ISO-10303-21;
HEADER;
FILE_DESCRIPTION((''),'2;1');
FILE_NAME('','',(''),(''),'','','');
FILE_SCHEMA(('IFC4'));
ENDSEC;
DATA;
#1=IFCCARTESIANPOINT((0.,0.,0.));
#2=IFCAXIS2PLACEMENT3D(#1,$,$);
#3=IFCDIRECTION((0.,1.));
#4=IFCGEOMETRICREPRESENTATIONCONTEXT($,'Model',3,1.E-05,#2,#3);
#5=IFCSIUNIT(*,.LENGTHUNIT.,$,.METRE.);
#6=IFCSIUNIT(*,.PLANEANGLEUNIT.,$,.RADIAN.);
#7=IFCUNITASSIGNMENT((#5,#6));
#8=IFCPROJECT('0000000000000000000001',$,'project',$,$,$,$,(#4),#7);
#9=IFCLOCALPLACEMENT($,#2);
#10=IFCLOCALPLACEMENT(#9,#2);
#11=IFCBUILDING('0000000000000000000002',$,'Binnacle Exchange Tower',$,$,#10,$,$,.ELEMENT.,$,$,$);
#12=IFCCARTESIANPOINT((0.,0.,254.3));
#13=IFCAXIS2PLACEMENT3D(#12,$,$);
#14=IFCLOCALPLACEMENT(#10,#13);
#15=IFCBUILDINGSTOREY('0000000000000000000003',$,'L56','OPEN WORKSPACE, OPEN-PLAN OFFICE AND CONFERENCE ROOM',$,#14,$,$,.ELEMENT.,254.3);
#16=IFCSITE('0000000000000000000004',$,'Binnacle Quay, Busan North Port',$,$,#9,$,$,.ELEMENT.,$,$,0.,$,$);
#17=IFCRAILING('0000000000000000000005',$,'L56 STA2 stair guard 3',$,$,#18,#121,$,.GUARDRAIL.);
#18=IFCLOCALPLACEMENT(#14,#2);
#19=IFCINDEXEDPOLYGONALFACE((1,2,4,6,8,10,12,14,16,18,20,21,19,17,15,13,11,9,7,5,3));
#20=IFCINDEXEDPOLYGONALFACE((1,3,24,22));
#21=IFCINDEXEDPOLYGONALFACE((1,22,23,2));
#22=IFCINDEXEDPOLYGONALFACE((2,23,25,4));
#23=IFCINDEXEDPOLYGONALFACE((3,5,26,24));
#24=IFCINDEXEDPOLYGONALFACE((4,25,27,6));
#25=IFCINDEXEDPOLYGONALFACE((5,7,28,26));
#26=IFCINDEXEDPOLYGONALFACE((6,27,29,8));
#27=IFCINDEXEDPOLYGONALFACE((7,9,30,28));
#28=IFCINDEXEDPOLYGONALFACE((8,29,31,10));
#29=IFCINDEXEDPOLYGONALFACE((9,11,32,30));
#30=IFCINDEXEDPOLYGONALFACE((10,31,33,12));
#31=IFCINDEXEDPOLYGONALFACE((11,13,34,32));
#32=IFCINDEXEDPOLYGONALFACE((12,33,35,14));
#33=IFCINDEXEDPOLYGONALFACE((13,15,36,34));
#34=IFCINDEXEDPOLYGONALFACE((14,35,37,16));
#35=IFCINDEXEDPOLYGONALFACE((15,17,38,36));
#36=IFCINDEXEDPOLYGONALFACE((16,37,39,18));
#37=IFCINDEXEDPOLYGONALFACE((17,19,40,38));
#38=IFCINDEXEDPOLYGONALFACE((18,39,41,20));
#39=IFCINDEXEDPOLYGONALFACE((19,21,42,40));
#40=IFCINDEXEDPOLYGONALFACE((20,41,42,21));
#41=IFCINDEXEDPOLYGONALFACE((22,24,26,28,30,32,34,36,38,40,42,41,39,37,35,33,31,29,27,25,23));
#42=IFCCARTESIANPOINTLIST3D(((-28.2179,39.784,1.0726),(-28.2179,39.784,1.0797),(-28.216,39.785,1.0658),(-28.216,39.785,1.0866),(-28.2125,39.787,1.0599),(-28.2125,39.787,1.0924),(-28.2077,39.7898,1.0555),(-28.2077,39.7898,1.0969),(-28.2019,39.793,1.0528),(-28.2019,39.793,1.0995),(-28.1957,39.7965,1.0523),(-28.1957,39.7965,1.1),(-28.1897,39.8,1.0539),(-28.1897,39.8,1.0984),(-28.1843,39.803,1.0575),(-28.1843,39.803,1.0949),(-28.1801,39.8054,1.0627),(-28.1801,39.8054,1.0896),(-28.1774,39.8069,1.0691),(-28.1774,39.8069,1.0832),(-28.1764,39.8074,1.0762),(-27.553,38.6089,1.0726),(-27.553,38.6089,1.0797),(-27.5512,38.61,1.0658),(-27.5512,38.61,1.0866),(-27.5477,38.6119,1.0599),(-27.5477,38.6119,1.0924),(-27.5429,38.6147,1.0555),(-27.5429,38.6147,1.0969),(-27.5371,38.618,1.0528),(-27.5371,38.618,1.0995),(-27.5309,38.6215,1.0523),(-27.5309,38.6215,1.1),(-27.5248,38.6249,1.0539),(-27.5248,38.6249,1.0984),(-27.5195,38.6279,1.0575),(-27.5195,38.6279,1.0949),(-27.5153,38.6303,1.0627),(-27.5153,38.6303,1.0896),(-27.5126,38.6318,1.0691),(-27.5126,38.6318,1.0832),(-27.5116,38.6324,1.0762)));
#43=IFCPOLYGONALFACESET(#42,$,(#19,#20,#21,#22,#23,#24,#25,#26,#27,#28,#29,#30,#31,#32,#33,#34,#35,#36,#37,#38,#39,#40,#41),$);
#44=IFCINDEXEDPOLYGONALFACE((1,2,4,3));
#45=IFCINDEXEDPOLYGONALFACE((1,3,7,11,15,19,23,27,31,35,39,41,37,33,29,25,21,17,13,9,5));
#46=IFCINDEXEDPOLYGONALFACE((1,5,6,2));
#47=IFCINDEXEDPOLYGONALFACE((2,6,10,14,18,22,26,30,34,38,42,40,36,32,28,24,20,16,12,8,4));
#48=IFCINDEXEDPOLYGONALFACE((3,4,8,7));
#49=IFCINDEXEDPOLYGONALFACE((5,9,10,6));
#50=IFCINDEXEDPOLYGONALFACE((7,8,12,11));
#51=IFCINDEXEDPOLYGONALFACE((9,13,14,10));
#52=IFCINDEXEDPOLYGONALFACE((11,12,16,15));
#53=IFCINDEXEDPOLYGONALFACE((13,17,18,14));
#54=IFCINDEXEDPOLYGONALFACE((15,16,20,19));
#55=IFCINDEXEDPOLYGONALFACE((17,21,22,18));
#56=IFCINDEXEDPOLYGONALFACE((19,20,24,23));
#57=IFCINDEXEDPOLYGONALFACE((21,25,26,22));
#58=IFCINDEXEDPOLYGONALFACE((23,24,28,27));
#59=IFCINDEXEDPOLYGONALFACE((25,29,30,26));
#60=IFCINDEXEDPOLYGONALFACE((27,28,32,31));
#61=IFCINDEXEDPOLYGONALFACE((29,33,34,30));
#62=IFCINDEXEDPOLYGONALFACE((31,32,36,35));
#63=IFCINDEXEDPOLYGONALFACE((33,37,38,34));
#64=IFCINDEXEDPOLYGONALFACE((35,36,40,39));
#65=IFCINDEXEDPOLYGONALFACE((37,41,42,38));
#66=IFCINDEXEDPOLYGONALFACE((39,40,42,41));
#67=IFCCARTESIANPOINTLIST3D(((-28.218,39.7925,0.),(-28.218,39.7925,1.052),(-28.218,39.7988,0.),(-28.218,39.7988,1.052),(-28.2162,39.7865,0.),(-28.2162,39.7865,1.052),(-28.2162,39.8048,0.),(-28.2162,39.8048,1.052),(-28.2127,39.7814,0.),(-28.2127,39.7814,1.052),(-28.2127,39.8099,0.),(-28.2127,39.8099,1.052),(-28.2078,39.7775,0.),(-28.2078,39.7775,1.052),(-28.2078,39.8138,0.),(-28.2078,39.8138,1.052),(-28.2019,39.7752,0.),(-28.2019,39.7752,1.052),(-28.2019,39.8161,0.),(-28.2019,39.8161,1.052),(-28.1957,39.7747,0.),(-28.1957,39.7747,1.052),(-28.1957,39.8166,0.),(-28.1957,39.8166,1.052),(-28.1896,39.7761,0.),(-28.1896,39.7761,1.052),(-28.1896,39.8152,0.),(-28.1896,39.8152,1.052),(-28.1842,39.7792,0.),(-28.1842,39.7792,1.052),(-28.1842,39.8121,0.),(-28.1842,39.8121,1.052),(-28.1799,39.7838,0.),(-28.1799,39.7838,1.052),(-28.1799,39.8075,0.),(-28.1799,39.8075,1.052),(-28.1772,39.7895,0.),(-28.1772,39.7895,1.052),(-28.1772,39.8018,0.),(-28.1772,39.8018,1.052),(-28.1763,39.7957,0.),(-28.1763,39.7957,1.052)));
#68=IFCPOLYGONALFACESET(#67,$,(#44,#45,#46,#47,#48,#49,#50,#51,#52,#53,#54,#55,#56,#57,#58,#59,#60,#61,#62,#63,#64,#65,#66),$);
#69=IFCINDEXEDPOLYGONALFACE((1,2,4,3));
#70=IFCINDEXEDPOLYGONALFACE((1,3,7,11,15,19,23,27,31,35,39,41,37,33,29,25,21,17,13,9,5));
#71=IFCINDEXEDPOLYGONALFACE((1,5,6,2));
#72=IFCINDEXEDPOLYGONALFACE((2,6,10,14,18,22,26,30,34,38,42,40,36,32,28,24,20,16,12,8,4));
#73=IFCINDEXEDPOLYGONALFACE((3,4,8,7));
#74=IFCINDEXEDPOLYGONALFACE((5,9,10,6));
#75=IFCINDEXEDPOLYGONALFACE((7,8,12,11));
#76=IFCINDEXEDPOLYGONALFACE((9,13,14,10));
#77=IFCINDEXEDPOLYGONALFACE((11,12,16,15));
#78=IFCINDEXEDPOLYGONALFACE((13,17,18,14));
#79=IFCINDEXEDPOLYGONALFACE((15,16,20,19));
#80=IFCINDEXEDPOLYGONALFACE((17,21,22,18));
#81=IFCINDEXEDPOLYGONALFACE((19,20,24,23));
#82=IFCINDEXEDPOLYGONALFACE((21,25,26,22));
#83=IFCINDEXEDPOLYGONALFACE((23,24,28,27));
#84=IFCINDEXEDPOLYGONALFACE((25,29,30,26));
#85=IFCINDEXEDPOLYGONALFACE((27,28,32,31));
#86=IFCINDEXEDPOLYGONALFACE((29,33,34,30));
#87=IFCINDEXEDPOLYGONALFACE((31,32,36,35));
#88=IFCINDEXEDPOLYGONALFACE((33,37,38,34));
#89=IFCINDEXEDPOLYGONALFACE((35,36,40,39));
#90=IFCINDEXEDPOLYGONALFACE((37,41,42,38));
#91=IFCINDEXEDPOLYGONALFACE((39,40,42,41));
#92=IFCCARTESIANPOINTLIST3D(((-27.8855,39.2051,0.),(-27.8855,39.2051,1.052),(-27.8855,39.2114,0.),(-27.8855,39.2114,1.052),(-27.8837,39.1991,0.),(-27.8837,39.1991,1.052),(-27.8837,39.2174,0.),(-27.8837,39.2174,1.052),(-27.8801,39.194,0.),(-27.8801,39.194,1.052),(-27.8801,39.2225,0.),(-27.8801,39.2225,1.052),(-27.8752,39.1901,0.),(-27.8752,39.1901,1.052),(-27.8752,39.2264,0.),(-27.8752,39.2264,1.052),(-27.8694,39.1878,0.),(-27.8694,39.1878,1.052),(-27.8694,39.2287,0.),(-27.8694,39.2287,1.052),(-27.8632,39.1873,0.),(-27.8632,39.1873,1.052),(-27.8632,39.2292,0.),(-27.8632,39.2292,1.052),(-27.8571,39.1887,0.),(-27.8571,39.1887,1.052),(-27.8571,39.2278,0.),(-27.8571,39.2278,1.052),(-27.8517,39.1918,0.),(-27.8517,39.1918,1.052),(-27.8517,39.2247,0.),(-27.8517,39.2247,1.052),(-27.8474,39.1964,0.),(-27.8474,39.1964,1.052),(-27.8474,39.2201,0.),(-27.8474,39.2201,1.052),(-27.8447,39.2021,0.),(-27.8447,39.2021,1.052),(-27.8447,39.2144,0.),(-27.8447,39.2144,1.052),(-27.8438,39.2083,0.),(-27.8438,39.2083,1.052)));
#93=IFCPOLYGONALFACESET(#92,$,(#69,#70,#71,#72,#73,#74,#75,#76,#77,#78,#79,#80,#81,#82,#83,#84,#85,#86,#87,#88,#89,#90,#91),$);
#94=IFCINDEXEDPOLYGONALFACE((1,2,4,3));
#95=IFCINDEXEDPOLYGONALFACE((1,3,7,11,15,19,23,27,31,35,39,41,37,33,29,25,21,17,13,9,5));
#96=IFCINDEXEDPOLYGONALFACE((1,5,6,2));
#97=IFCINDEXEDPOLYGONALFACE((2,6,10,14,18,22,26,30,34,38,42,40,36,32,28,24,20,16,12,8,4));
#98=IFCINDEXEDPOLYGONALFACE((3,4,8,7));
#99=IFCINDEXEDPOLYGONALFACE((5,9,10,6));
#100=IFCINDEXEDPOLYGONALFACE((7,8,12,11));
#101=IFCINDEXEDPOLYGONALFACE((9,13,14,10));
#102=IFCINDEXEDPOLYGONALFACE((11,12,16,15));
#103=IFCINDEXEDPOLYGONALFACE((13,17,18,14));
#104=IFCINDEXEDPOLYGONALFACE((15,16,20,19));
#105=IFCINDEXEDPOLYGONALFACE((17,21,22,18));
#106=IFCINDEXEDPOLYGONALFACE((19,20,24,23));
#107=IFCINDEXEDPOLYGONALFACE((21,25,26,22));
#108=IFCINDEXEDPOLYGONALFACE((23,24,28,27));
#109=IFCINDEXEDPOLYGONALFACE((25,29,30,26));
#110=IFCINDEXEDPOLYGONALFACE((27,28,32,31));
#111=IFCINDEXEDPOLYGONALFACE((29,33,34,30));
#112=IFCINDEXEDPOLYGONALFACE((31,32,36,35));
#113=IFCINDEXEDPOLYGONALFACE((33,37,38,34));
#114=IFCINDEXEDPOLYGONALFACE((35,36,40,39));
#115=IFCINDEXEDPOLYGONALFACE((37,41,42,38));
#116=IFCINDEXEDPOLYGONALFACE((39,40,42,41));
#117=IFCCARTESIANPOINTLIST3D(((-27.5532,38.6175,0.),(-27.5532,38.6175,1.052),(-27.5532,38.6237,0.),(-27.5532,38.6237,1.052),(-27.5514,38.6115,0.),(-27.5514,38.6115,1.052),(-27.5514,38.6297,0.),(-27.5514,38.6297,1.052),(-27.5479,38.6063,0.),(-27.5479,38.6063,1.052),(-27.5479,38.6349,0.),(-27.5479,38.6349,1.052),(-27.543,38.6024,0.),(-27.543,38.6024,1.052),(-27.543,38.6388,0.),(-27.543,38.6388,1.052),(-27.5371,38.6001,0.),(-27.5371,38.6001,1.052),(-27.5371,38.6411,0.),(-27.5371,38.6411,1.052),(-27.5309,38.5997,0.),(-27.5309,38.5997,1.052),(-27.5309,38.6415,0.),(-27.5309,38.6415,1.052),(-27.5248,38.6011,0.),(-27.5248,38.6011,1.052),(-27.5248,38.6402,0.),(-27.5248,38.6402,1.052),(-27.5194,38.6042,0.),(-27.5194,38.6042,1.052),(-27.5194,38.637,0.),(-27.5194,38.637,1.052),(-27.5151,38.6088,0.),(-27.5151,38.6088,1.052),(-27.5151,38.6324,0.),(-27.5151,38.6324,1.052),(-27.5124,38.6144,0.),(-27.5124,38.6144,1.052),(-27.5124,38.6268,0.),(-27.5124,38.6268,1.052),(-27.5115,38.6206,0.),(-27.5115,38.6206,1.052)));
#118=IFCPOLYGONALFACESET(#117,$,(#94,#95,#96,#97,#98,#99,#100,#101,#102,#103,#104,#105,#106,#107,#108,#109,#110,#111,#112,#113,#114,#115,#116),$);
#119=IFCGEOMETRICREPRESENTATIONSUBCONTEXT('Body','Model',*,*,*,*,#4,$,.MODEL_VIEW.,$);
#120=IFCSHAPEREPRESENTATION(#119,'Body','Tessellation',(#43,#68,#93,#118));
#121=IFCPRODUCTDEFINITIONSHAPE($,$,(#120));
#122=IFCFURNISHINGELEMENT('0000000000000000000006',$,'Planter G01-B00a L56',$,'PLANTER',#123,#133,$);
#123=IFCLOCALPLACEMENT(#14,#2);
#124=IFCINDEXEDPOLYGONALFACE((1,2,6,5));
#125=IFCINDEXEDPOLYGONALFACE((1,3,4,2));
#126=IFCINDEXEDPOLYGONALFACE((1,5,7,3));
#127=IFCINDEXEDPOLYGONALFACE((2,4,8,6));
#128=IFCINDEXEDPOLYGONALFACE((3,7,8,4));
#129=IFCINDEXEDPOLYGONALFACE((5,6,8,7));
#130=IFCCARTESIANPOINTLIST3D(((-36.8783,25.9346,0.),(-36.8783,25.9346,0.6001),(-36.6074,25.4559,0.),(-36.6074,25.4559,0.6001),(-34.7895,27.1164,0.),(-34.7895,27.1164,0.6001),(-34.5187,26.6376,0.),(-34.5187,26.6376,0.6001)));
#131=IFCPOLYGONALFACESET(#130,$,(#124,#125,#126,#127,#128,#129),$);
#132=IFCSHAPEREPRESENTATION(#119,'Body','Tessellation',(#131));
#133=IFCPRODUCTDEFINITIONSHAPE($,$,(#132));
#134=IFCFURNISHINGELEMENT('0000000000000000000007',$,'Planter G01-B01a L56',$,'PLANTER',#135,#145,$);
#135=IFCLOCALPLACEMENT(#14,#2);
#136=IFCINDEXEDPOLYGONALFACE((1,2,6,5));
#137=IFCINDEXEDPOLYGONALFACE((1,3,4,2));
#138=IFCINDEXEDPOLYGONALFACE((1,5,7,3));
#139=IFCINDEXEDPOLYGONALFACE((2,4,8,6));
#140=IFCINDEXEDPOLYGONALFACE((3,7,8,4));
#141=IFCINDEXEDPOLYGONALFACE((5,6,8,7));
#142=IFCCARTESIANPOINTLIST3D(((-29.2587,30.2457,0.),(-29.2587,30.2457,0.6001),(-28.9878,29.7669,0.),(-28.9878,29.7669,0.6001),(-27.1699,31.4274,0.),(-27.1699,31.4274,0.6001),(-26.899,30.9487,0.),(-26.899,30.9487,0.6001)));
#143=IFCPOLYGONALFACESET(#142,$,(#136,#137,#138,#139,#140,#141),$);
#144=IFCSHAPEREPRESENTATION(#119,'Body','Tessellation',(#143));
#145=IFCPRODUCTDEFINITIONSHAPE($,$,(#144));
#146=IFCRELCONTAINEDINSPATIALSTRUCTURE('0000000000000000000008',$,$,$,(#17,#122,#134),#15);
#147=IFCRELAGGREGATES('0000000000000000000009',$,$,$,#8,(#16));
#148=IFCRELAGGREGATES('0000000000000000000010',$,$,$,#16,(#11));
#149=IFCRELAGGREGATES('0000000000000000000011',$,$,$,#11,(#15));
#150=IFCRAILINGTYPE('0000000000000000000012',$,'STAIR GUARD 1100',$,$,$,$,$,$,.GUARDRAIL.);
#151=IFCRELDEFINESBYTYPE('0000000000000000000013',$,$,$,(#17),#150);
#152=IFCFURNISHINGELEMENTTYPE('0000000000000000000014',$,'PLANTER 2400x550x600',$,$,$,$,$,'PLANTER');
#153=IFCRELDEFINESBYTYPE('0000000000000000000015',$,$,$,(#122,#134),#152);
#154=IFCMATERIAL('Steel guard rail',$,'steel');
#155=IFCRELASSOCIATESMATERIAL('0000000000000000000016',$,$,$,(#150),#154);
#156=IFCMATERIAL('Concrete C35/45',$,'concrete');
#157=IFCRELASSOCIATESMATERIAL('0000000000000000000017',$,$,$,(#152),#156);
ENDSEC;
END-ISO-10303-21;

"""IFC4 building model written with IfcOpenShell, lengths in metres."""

from ifc_helpers import new_model, si_unit, direction, frame, origin, origin_2d, place, context, subcontext, project, spatial, rectangle, circle, extrude, material, type_object, element, save


model = new_model("IFC4")

# Units and contexts
model_context = context("Model", 3, precision=1e-05, world=origin(), true_north=direction((0.0, 1.0)))
body_context = subcontext(model_context, "Body", "Model", "MODEL_VIEW")
ifc_project = project(units=[si_unit("LENGTHUNIT", "METRE"), si_unit("PLANEANGLEUNIT", "RADIAN")], contexts=[model_context])

# Site, building, storey
site_placement = place(None, origin())
site = spatial("IfcSite", under=ifc_project, at=site_placement, Name="Binnacle Quay, Busan North Port", CompositionType="ELEMENT", RefElevation=0.0)
building_placement = place(site_placement, origin())
building = spatial("IfcBuilding", under=site, at=building_placement, Name="Binnacle Exchange Tower", CompositionType="ELEMENT")
storey_placement = place(building_placement, frame((0.0, 0.0, 254.3)))
storey = spatial("IfcBuildingStorey", under=building, at=storey_placement, Name="L56", Description="OPEN WORKSPACE, OPEN-PLAN OFFICE AND CONFERENCE ROOM", CompositionType="ELEMENT", Elevation=254.3)

# Shared definitions
ifc_material_1 = material(Name="Concrete C35/45", Category="concrete")

# Railing
ifc_material_2 = material(Name="Steel guard rail", Category="steel")
railing_type_1 = type_object("IfcRailingType", Name="STAIR GUARD 1100", PredefinedType="GUARDRAIL", material=ifc_material_2)
railing_1_placement = place(storey_placement, frame((-28.1973, 39.7957, 0.0)))
element("IfcRailing", 1, at=railing_1_placement, inside=storey, type_object=railing_type_1, Name="L56 STA2 stair guard 3", PredefinedType="GUARDRAIL", context=body_context, shape_type="SweptSolid", body=[
    extrude(circle(Radius=0.0239, at=origin_2d()), frame((0.0, 0.0, 1.0762), z_axis=(0.492415, -0.870361, 0.0), x_axis=(0.870361, 0.492415, 0.0)), (0.0, 0.0, 1.0), 1.3501),
    extrude(circle(Radius=0.021, at=origin_2d()), origin(), (0.0, 0.0, 1.0), 1.052),
    extrude(circle(Radius=0.021, at=origin_2d()), frame((0.3325, -0.5874, 0.0)), (0.0, 0.0, 1.0), 1.052),
    extrude(circle(Radius=0.021, at=origin_2d()), frame((0.6648, -1.175, 0.0)), (0.0, 0.0, 1.0), 1.052),
])

# Furnishing elements
furnishing_element_type = type_object("IfcFurnishingElementType", Name="PLANTER 2400x550x600", ElementType="PLANTER", material=ifc_material_1)
for number, where, z_axis, x_axis, name in (
    (2, (-35.6985, 26.2861, 0.0), (0.0, 0.0, 1.0), (0.870356, 0.492424, 0.0), "Planter G01-B00a L56"),
    (3, (-28.0789, 30.5972, 0.0), (0.0, 0.0, 1.0), (0.870356, 0.492424, 0.0), "Planter G01-B01a L56"),
):
    element("IfcFurnishingElement", number, at=place(storey_placement, frame(where, z_axis=z_axis, x_axis=x_axis)), inside=storey, type_object=furnishing_element_type, Name=name, ObjectType="PLANTER", context=body_context, shape_type="SweptSolid", body=[
        extrude(rectangle(XDim=2.3999, YDim=0.55, at=origin_2d()), origin(), (0.0, 0.0, 1.0), 0.6001),
    ])

save(model, "model.ifc")
